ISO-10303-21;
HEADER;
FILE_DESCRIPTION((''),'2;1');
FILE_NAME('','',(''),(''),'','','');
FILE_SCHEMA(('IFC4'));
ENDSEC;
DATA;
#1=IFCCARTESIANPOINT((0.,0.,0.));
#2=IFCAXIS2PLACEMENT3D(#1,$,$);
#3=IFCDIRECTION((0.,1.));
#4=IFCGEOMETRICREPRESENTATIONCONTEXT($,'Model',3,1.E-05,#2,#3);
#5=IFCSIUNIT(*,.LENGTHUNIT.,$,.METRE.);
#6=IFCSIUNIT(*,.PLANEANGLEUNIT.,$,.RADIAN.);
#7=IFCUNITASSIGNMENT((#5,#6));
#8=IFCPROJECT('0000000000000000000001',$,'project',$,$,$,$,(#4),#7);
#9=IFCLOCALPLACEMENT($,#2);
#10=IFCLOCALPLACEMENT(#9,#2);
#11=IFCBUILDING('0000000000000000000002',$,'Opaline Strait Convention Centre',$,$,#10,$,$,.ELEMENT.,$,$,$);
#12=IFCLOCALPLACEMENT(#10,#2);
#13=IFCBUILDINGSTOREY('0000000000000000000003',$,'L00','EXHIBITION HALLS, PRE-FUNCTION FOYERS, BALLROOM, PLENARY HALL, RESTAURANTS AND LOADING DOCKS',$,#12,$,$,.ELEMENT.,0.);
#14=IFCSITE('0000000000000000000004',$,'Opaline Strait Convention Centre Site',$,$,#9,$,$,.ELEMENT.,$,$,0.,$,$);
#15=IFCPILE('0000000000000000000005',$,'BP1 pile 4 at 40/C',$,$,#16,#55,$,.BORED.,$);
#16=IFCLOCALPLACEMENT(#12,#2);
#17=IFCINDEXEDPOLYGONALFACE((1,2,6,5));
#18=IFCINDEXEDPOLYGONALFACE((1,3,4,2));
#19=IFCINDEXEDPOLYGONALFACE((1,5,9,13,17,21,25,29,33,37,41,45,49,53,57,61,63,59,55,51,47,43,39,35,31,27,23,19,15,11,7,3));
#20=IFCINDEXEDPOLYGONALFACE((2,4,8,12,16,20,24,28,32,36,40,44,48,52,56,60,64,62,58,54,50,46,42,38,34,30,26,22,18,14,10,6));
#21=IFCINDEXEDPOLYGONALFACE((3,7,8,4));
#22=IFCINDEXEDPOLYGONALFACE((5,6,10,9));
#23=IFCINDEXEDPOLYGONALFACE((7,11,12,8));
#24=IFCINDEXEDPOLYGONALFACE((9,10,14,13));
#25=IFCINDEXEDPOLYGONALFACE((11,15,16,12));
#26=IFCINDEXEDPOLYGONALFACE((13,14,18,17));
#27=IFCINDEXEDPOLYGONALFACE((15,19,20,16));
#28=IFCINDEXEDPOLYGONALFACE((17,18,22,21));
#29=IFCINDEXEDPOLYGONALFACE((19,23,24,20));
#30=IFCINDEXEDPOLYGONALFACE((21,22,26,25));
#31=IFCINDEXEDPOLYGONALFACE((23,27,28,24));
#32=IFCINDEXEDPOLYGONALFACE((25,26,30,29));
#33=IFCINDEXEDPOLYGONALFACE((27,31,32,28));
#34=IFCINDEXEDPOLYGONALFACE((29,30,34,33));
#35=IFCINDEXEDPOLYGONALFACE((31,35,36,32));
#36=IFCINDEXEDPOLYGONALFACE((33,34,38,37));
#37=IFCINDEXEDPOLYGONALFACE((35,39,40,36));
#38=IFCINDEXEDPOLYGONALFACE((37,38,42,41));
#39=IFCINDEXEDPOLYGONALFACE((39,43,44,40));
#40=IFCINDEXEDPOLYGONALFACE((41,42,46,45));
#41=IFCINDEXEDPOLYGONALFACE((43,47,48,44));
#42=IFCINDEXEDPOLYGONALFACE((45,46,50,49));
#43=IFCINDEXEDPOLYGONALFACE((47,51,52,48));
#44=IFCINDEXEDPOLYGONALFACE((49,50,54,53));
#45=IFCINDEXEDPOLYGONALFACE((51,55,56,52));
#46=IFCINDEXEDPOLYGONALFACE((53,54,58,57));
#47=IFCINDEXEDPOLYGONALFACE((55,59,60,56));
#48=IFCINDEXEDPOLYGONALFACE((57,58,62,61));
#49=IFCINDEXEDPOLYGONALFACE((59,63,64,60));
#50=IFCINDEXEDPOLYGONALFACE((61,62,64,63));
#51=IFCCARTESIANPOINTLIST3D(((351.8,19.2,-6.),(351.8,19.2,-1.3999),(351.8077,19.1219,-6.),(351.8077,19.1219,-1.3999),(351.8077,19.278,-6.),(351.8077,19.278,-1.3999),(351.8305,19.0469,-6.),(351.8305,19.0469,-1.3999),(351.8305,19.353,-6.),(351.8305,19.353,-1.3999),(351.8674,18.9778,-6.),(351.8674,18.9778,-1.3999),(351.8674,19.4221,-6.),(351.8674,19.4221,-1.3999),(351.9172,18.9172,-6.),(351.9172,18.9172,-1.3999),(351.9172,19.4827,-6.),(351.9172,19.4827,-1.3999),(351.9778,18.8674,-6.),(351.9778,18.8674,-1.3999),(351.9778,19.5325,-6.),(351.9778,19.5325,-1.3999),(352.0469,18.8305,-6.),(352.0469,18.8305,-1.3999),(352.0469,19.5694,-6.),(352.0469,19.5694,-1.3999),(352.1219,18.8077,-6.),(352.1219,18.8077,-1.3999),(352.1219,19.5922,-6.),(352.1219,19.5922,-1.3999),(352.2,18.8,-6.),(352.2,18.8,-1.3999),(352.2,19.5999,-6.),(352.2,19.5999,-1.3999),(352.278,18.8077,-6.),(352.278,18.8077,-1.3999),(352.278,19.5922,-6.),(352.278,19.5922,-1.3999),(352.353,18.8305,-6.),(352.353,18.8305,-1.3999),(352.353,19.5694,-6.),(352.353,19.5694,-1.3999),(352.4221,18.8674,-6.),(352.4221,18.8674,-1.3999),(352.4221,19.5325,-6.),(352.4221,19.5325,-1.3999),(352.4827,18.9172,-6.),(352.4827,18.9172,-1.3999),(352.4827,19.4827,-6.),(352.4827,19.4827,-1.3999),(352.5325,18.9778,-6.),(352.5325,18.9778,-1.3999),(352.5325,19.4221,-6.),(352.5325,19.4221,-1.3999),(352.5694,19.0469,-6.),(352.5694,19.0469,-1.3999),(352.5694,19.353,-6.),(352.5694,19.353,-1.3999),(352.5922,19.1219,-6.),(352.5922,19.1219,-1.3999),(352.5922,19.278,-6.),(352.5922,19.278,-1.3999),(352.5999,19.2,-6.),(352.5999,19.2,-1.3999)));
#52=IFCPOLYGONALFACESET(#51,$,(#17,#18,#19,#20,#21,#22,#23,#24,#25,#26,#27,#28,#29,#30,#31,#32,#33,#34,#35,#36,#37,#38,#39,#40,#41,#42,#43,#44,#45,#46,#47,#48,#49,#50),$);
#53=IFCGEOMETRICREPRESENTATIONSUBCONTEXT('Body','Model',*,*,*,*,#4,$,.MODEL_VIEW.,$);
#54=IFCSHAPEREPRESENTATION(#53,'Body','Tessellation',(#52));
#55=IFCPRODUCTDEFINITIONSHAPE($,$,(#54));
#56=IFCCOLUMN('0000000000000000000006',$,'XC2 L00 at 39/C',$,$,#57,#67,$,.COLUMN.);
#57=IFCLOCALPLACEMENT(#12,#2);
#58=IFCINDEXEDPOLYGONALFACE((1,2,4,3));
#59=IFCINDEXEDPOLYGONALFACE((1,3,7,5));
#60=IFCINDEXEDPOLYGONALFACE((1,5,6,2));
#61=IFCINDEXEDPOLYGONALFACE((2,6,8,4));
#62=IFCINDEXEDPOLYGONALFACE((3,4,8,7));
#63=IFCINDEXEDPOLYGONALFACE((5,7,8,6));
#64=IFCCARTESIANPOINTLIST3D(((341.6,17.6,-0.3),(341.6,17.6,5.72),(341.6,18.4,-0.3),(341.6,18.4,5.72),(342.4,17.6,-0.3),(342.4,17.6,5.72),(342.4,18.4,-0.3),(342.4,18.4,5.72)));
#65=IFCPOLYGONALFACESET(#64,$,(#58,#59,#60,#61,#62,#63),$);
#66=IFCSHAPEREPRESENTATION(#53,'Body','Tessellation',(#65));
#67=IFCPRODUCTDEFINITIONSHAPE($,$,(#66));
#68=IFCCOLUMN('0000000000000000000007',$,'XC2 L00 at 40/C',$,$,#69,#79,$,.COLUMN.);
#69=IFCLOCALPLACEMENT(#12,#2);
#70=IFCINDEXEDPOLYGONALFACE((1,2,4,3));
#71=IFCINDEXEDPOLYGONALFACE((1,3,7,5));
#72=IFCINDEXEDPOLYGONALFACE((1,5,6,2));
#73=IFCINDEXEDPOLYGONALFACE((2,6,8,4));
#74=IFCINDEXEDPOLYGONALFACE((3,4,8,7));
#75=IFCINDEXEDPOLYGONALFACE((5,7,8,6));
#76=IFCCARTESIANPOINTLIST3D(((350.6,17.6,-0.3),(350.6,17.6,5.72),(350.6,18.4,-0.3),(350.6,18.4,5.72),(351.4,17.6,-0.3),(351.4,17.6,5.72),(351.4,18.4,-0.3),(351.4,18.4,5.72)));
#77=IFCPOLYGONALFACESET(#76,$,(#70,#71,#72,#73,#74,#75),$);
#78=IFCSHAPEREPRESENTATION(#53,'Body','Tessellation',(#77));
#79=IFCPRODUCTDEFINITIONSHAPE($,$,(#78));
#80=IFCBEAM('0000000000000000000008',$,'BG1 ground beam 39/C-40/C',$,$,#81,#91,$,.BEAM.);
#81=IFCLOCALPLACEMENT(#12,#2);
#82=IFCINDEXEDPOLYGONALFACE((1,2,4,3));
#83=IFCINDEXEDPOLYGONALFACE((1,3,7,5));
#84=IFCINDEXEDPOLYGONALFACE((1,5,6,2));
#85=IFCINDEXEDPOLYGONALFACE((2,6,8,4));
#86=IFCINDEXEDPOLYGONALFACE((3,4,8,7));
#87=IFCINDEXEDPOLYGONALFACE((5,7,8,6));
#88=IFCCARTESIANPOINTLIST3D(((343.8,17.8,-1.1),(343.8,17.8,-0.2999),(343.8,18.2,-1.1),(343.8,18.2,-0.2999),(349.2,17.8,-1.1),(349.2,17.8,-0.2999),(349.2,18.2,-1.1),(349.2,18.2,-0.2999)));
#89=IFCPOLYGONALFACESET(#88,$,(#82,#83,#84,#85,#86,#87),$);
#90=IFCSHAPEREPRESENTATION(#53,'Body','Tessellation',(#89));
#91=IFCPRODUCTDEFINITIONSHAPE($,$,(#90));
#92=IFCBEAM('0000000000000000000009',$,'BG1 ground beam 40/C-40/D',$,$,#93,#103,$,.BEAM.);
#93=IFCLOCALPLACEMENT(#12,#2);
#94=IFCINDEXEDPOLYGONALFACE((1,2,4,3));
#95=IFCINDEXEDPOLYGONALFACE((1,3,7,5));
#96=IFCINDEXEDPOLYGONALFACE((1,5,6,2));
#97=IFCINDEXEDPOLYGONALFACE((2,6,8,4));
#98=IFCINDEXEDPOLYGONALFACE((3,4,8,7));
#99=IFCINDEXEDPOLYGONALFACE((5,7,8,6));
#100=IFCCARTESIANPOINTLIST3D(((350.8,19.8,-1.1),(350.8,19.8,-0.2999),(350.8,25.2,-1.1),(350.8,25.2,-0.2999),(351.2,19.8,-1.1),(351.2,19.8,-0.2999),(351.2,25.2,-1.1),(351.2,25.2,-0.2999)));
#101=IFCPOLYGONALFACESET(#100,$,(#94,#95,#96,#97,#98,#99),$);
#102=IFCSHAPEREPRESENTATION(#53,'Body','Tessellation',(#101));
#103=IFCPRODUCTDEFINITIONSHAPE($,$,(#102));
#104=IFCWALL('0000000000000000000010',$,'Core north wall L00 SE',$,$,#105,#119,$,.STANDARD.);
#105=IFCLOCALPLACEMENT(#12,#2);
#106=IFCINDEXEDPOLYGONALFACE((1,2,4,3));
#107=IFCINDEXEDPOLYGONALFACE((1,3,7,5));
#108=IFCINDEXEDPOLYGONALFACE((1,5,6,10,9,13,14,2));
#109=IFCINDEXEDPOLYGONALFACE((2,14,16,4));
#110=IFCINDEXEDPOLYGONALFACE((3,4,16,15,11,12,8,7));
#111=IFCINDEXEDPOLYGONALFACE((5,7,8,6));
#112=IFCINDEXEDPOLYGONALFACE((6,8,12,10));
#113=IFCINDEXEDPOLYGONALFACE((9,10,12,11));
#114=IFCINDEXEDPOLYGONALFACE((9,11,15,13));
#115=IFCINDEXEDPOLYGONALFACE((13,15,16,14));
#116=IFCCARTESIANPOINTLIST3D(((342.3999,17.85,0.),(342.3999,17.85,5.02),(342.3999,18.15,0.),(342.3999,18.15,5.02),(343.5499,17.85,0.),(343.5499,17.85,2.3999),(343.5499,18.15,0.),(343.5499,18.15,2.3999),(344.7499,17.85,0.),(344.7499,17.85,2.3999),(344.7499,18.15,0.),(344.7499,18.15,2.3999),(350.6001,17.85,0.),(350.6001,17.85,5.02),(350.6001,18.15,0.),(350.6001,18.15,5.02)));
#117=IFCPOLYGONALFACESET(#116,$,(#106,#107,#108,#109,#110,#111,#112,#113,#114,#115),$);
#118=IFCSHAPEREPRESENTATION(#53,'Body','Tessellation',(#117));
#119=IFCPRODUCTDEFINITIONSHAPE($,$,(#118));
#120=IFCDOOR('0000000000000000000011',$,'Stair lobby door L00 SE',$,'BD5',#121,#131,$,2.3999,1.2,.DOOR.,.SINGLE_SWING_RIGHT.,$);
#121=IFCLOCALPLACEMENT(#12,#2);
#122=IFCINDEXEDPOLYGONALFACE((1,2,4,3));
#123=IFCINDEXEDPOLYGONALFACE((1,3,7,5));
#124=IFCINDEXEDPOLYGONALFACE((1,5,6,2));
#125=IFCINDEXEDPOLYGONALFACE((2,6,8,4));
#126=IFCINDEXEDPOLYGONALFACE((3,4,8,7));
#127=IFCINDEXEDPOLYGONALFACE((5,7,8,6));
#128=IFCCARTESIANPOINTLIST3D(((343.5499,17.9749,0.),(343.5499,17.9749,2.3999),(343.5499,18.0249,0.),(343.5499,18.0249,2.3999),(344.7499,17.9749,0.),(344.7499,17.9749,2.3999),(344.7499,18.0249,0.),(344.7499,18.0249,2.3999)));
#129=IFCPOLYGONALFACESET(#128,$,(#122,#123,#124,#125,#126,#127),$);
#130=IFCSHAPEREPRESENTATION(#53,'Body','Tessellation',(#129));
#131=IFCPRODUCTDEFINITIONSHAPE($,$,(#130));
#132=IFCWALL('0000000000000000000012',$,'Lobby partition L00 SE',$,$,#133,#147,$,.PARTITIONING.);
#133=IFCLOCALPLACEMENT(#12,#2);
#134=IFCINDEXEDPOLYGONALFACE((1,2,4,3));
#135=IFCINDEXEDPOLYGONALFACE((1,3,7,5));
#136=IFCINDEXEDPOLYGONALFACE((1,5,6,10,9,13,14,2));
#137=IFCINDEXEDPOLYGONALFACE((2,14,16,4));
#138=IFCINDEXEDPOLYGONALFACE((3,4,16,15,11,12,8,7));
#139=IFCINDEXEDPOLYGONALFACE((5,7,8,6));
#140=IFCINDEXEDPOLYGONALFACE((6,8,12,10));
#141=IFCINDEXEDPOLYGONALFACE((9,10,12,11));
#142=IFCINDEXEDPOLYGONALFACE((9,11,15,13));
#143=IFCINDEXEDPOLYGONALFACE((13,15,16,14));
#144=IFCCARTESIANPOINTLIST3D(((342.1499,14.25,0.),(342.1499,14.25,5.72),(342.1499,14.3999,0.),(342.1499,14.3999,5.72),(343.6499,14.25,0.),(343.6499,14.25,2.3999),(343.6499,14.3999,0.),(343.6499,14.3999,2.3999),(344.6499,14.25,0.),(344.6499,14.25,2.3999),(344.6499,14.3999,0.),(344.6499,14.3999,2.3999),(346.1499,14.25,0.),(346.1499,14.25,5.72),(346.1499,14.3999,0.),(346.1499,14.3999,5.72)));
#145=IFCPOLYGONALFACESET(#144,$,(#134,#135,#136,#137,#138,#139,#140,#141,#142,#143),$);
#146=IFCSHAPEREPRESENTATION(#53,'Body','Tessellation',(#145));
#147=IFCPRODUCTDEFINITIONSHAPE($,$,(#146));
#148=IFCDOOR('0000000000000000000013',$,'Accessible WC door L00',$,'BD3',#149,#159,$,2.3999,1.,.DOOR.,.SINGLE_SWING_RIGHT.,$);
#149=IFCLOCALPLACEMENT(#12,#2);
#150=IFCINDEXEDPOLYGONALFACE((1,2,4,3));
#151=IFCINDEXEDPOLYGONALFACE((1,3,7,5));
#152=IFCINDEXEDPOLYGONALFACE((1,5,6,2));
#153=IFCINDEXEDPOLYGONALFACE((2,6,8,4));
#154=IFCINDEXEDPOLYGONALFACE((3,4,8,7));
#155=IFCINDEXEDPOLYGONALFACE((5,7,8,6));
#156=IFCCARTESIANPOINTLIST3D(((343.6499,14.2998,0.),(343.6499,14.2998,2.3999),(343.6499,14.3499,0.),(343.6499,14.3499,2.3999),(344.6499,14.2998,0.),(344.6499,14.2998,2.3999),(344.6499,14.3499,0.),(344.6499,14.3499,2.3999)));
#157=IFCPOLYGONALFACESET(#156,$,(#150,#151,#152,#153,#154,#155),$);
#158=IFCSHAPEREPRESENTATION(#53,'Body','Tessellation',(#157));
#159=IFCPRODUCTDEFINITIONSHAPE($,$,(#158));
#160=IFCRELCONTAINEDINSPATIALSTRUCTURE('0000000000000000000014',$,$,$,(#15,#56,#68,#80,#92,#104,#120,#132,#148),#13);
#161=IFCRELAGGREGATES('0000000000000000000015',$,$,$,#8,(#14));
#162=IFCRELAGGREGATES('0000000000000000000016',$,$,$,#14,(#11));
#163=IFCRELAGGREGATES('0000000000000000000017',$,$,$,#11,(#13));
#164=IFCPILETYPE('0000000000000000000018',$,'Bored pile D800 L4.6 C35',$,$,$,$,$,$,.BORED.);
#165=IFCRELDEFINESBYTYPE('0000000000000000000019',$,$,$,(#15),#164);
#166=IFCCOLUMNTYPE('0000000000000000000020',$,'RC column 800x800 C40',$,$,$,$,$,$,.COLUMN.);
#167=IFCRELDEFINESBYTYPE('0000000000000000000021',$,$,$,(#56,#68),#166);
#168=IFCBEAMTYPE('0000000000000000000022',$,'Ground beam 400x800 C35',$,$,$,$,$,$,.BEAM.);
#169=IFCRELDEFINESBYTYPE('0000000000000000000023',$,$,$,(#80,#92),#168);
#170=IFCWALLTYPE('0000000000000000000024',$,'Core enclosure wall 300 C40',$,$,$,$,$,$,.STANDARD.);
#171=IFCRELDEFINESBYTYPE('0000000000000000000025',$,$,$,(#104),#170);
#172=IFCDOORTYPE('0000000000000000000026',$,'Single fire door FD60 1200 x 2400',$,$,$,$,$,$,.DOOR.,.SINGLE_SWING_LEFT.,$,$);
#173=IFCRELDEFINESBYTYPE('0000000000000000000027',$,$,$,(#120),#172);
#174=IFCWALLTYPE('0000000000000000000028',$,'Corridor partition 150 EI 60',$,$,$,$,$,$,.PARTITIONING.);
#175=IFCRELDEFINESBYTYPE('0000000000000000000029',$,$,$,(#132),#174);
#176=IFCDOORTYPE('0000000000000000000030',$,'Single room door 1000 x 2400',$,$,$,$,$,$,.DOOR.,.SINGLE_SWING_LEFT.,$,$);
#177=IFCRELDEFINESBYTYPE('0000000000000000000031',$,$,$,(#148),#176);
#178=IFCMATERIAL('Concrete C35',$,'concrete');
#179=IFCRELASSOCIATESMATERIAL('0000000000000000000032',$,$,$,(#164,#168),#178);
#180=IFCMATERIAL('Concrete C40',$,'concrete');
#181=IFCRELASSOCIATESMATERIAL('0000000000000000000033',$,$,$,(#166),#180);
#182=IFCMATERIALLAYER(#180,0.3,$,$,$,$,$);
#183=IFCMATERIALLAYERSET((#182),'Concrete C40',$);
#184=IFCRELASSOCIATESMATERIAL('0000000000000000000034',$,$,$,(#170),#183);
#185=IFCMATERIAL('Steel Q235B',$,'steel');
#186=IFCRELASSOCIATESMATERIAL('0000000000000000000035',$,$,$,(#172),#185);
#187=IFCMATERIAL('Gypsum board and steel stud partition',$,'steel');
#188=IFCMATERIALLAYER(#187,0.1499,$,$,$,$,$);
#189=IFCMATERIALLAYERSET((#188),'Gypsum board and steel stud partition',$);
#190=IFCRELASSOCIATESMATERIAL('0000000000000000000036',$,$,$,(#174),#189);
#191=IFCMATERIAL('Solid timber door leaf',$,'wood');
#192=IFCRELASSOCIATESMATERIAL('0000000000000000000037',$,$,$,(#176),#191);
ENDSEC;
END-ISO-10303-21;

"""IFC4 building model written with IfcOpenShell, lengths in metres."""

from ifc_helpers import new_model, si_unit, direction, frame, frame_2d, origin, origin_2d, place, context, subcontext, project, spatial, rectangle, circle, extrude, material, layer, layer_set, material_profile, profile_set, type_object, element, fill, save


model = new_model("IFC4")

# Units and contexts
model_context = context("Model", 3, precision=1e-05, world=origin(), true_north=direction((0.0, 1.0)))
body_context = subcontext(model_context, "Body", "Model", "MODEL_VIEW")
ifc_project = project(units=[si_unit("LENGTHUNIT", "METRE"), si_unit("PLANEANGLEUNIT", "RADIAN")], contexts=[model_context])

# Site, building, storey
site_placement = place(None, origin())
site = spatial("IfcSite", under=ifc_project, at=site_placement, Name="Opaline Strait Convention Centre Site", CompositionType="ELEMENT", RefElevation=0.0)
building_placement = place(site_placement, origin())
building = spatial("IfcBuilding", under=site, at=building_placement, Name="Opaline Strait Convention Centre", CompositionType="ELEMENT")
storey_placement = place(building_placement, origin())
storey = spatial("IfcBuildingStorey", under=building, at=storey_placement, Name="L00", Description="EXHIBITION HALLS, PRE-FUNCTION FOYERS, BALLROOM, PLENARY HALL, RESTAURANTS AND LOADING DOCKS", CompositionType="ELEMENT", Elevation=0.0)

# Pile
ifc_material_1 = material(Name="Concrete C35", Category="concrete")
ifc_material_profile_1 = material_profile(ifc_material_1, circle(Radius=0.3999, at=origin_2d()), Name="D800")
ifc_profile_set_1 = profile_set([ifc_material_profile_1], Name="Concrete C35")
pile_type = type_object("IfcPileType", Name="Bored pile D800 L4.6 C35", PredefinedType="BORED", material=ifc_profile_set_1)
for number, where, z_axis, x_axis, name in (
    (1, (352.2, 19.2, -1.3999), (0.0, 0.0, -1.0), (1.0, 0.0, 0.0), "BP1 pile 4 at 40/C"),
):
    element("IfcPile", number, at=place(storey_placement, frame(where, z_axis=z_axis, x_axis=x_axis)), inside=storey, type_object=pile_type, Name=name, PredefinedType="BORED", context=body_context, shape_type="SweptSolid", body=[
        extrude(circle(Radius=0.3999, at=origin_2d()), origin(), (0.0, 0.0, 1.0), 4.6001),
    ])

# Columns
ifc_material_2 = material(Name="Concrete C40", Category="concrete")
ifc_material_profile_2 = material_profile(ifc_material_2, rectangle(XDim=0.8, YDim=0.8, at=origin_2d()), Name="RC 800x800")
ifc_profile_set_2 = profile_set([ifc_material_profile_2], Name="Concrete C40")
column_type = type_object("IfcColumnType", Name="RC column 800x800 C40", PredefinedType="COLUMN", material=ifc_profile_set_2)
for number, where, z_axis, x_axis, name in (
    (2, (342.0, 18.0, -0.3), (0.0, 0.0, 1.0), (1.0, 0.0, 0.0), "XC2 L00 at 39/C"),
    (3, (351.0, 18.0, -0.3), (0.0, 0.0, 1.0), (1.0, 0.0, 0.0), "XC2 L00 at 40/C"),
):
    element("IfcColumn", number, at=place(storey_placement, frame(where, z_axis=z_axis, x_axis=x_axis)), inside=storey, type_object=column_type, Name=name, PredefinedType="COLUMN", context=body_context, shape_type="SweptSolid", body=[
        extrude(rectangle(XDim=0.8, YDim=0.8, at=origin_2d()), origin(), (0.0, 0.0, 1.0), 6.02),
    ])

# Beams
ifc_material_profile_3 = material_profile(ifc_material_1, rectangle(XDim=0.3999, YDim=0.8, at=origin_2d()), Name="RC 400x800")
ifc_profile_set_3 = profile_set([ifc_material_profile_3], Name="Concrete C35")
beam_type = type_object("IfcBeamType", Name="Ground beam 400x800 C35", PredefinedType="BEAM", material=ifc_profile_set_3)
for number, where, z_axis, x_axis, name in (
    (4, (343.8, 18.0, -0.7), (1.0, 0.0, 0.0), (0.0, 1.0, 0.0), "BG1 ground beam 39/C-40/C"),
    (5, (351.0, 19.8, -0.7), (0.0, 1.0, 0.0), (-1.0, 0.0, 0.0), "BG1 ground beam 40/C-40/D"),
):
    element("IfcBeam", number, at=place(storey_placement, frame(where, z_axis=z_axis, x_axis=x_axis)), inside=storey, type_object=beam_type, Name=name, PredefinedType="BEAM", context=body_context, shape_type="SweptSolid", body=[
        extrude(rectangle(XDim=0.3999, YDim=0.8, at=origin_2d()), origin(), (0.0, 0.0, 1.0), 5.3999),
    ])

# Walls, openings, doors
ifc_layer_1 = layer(ifc_material_2, 0.3)
ifc_layer_set_1 = layer_set([ifc_layer_1], Name="Concrete C40")
wall_type_1 = type_object("IfcWallType", Name="Core enclosure wall 300 C40", PredefinedType="STANDARD", material=ifc_layer_set_1)
wall_1_placement = place(storey_placement, frame((342.3999, 18.0, 0.0), z_axis=(0.0, 0.0, 1.0), x_axis=(1.0, 0.0, 0.0)))
wall_1 = element("IfcWall", 6, at=wall_1_placement, inside=storey, type_object=wall_type_1, Name="Core north wall L00 SE", PredefinedType="STANDARD", context=body_context, shape_type="SweptSolid", body=[
    extrude(rectangle(XDim=8.2002, YDim=0.3, at=frame_2d((4.1001, 0.0))), origin(), (0.0, 0.0, 1.0), 5.02),
])
opening_1_placement = place(wall_1_placement, frame((1.1499, 0.0, 0.0)))
opening_1 = element("IfcOpeningElement", 7, at=opening_1_placement, cuts=wall_1, PredefinedType="OPENING", context=body_context, shape_type="SweptSolid", body=[
    extrude(rectangle(XDim=1.2, YDim=2.3999, at=frame_2d((0.6001, 1.2))), frame((0.0, 0.1599, 0.0), z_axis=(0.0, -1.0, 0.0), x_axis=(1.0, 0.0, 0.0)), (0.0, 0.0, 1.0), 0.3201),
])
ifc_material_3 = material(Name="Steel Q235B", Category="steel")
door_type_1 = type_object("IfcDoorType", Name="Single fire door FD60 1200 x 2400", OperationType="SINGLE_SWING_LEFT", PredefinedType="DOOR", material=ifc_material_3)
door_1_placement = place(opening_1_placement, origin())
door_1 = element("IfcDoor", 8, at=door_1_placement, inside=storey, type_object=door_type_1, Name="Stair lobby door L00 SE", ObjectType="BD5", OperationType="SINGLE_SWING_RIGHT", OverallHeight=2.3999, OverallWidth=1.2, PredefinedType="DOOR", context=body_context, shape_type="SweptSolid", body=[
    extrude(rectangle(XDim=1.2, YDim=2.3999, at=frame_2d((0.6001, 1.2))), frame((0.0, 0.0249, 0.0), z_axis=(0.0, -1.0, 0.0), x_axis=(1.0, 0.0, 0.0)), (0.0, 0.0, 1.0), 0.05),
])
fill(opening_1, door_1)
ifc_material_4 = material(Name="Gypsum board and steel stud partition", Category="steel")
ifc_layer_2 = layer(ifc_material_4, 0.1499)
ifc_layer_set_2 = layer_set([ifc_layer_2], Name="Gypsum board and steel stud partition")
wall_type_2 = type_object("IfcWallType", Name="Corridor partition 150 EI 60", PredefinedType="PARTITIONING", material=ifc_layer_set_2)
wall_2_placement = place(storey_placement, frame((342.1499, 14.325, 0.0), z_axis=(0.0, 0.0, 1.0), x_axis=(1.0, 0.0, 0.0)))
wall_2 = element("IfcWall", 9, at=wall_2_placement, inside=storey, type_object=wall_type_2, Name="Lobby partition L00 SE", PredefinedType="PARTITIONING", context=body_context, shape_type="SweptSolid", body=[
    extrude(rectangle(XDim=4.0, YDim=0.1499, at=frame_2d((2.0, 0.0))), origin(), (0.0, 0.0, 1.0), 5.72),
])
opening_2_placement = place(wall_2_placement, frame((1.5, 0.0, 0.0)))
opening_2 = element("IfcOpeningElement", 10, at=opening_2_placement, cuts=wall_2, PredefinedType="OPENING", context=body_context, shape_type="SweptSolid", body=[
    extrude(rectangle(XDim=1.0, YDim=2.3999, at=frame_2d((0.5, 1.2))), frame((0.0, 0.085, 0.0), z_axis=(0.0, -1.0, 0.0), x_axis=(1.0, 0.0, 0.0)), (0.0, 0.0, 1.0), 0.1699),
])
ifc_material_5 = material(Name="Solid timber door leaf", Category="wood")
door_type_2 = type_object("IfcDoorType", Name="Single room door 1000 x 2400", OperationType="SINGLE_SWING_LEFT", PredefinedType="DOOR", material=ifc_material_5)
door_2_placement = place(opening_2_placement, origin())
door_2 = element("IfcDoor", 11, at=door_2_placement, inside=storey, type_object=door_type_2, Name="Accessible WC door L00", ObjectType="BD3", OperationType="SINGLE_SWING_RIGHT", OverallHeight=2.3999, OverallWidth=1.0, PredefinedType="DOOR", context=body_context, shape_type="SweptSolid", body=[
    extrude(rectangle(XDim=1.0, YDim=2.3999, at=frame_2d((0.5, 1.2))), frame((0.0, 0.0249, 0.0), z_axis=(0.0, -1.0, 0.0), x_axis=(1.0, 0.0, 0.0)), (0.0, 0.0, 1.0), 0.05),
])
fill(opening_2, door_2)

save(model, "model.ifc")
